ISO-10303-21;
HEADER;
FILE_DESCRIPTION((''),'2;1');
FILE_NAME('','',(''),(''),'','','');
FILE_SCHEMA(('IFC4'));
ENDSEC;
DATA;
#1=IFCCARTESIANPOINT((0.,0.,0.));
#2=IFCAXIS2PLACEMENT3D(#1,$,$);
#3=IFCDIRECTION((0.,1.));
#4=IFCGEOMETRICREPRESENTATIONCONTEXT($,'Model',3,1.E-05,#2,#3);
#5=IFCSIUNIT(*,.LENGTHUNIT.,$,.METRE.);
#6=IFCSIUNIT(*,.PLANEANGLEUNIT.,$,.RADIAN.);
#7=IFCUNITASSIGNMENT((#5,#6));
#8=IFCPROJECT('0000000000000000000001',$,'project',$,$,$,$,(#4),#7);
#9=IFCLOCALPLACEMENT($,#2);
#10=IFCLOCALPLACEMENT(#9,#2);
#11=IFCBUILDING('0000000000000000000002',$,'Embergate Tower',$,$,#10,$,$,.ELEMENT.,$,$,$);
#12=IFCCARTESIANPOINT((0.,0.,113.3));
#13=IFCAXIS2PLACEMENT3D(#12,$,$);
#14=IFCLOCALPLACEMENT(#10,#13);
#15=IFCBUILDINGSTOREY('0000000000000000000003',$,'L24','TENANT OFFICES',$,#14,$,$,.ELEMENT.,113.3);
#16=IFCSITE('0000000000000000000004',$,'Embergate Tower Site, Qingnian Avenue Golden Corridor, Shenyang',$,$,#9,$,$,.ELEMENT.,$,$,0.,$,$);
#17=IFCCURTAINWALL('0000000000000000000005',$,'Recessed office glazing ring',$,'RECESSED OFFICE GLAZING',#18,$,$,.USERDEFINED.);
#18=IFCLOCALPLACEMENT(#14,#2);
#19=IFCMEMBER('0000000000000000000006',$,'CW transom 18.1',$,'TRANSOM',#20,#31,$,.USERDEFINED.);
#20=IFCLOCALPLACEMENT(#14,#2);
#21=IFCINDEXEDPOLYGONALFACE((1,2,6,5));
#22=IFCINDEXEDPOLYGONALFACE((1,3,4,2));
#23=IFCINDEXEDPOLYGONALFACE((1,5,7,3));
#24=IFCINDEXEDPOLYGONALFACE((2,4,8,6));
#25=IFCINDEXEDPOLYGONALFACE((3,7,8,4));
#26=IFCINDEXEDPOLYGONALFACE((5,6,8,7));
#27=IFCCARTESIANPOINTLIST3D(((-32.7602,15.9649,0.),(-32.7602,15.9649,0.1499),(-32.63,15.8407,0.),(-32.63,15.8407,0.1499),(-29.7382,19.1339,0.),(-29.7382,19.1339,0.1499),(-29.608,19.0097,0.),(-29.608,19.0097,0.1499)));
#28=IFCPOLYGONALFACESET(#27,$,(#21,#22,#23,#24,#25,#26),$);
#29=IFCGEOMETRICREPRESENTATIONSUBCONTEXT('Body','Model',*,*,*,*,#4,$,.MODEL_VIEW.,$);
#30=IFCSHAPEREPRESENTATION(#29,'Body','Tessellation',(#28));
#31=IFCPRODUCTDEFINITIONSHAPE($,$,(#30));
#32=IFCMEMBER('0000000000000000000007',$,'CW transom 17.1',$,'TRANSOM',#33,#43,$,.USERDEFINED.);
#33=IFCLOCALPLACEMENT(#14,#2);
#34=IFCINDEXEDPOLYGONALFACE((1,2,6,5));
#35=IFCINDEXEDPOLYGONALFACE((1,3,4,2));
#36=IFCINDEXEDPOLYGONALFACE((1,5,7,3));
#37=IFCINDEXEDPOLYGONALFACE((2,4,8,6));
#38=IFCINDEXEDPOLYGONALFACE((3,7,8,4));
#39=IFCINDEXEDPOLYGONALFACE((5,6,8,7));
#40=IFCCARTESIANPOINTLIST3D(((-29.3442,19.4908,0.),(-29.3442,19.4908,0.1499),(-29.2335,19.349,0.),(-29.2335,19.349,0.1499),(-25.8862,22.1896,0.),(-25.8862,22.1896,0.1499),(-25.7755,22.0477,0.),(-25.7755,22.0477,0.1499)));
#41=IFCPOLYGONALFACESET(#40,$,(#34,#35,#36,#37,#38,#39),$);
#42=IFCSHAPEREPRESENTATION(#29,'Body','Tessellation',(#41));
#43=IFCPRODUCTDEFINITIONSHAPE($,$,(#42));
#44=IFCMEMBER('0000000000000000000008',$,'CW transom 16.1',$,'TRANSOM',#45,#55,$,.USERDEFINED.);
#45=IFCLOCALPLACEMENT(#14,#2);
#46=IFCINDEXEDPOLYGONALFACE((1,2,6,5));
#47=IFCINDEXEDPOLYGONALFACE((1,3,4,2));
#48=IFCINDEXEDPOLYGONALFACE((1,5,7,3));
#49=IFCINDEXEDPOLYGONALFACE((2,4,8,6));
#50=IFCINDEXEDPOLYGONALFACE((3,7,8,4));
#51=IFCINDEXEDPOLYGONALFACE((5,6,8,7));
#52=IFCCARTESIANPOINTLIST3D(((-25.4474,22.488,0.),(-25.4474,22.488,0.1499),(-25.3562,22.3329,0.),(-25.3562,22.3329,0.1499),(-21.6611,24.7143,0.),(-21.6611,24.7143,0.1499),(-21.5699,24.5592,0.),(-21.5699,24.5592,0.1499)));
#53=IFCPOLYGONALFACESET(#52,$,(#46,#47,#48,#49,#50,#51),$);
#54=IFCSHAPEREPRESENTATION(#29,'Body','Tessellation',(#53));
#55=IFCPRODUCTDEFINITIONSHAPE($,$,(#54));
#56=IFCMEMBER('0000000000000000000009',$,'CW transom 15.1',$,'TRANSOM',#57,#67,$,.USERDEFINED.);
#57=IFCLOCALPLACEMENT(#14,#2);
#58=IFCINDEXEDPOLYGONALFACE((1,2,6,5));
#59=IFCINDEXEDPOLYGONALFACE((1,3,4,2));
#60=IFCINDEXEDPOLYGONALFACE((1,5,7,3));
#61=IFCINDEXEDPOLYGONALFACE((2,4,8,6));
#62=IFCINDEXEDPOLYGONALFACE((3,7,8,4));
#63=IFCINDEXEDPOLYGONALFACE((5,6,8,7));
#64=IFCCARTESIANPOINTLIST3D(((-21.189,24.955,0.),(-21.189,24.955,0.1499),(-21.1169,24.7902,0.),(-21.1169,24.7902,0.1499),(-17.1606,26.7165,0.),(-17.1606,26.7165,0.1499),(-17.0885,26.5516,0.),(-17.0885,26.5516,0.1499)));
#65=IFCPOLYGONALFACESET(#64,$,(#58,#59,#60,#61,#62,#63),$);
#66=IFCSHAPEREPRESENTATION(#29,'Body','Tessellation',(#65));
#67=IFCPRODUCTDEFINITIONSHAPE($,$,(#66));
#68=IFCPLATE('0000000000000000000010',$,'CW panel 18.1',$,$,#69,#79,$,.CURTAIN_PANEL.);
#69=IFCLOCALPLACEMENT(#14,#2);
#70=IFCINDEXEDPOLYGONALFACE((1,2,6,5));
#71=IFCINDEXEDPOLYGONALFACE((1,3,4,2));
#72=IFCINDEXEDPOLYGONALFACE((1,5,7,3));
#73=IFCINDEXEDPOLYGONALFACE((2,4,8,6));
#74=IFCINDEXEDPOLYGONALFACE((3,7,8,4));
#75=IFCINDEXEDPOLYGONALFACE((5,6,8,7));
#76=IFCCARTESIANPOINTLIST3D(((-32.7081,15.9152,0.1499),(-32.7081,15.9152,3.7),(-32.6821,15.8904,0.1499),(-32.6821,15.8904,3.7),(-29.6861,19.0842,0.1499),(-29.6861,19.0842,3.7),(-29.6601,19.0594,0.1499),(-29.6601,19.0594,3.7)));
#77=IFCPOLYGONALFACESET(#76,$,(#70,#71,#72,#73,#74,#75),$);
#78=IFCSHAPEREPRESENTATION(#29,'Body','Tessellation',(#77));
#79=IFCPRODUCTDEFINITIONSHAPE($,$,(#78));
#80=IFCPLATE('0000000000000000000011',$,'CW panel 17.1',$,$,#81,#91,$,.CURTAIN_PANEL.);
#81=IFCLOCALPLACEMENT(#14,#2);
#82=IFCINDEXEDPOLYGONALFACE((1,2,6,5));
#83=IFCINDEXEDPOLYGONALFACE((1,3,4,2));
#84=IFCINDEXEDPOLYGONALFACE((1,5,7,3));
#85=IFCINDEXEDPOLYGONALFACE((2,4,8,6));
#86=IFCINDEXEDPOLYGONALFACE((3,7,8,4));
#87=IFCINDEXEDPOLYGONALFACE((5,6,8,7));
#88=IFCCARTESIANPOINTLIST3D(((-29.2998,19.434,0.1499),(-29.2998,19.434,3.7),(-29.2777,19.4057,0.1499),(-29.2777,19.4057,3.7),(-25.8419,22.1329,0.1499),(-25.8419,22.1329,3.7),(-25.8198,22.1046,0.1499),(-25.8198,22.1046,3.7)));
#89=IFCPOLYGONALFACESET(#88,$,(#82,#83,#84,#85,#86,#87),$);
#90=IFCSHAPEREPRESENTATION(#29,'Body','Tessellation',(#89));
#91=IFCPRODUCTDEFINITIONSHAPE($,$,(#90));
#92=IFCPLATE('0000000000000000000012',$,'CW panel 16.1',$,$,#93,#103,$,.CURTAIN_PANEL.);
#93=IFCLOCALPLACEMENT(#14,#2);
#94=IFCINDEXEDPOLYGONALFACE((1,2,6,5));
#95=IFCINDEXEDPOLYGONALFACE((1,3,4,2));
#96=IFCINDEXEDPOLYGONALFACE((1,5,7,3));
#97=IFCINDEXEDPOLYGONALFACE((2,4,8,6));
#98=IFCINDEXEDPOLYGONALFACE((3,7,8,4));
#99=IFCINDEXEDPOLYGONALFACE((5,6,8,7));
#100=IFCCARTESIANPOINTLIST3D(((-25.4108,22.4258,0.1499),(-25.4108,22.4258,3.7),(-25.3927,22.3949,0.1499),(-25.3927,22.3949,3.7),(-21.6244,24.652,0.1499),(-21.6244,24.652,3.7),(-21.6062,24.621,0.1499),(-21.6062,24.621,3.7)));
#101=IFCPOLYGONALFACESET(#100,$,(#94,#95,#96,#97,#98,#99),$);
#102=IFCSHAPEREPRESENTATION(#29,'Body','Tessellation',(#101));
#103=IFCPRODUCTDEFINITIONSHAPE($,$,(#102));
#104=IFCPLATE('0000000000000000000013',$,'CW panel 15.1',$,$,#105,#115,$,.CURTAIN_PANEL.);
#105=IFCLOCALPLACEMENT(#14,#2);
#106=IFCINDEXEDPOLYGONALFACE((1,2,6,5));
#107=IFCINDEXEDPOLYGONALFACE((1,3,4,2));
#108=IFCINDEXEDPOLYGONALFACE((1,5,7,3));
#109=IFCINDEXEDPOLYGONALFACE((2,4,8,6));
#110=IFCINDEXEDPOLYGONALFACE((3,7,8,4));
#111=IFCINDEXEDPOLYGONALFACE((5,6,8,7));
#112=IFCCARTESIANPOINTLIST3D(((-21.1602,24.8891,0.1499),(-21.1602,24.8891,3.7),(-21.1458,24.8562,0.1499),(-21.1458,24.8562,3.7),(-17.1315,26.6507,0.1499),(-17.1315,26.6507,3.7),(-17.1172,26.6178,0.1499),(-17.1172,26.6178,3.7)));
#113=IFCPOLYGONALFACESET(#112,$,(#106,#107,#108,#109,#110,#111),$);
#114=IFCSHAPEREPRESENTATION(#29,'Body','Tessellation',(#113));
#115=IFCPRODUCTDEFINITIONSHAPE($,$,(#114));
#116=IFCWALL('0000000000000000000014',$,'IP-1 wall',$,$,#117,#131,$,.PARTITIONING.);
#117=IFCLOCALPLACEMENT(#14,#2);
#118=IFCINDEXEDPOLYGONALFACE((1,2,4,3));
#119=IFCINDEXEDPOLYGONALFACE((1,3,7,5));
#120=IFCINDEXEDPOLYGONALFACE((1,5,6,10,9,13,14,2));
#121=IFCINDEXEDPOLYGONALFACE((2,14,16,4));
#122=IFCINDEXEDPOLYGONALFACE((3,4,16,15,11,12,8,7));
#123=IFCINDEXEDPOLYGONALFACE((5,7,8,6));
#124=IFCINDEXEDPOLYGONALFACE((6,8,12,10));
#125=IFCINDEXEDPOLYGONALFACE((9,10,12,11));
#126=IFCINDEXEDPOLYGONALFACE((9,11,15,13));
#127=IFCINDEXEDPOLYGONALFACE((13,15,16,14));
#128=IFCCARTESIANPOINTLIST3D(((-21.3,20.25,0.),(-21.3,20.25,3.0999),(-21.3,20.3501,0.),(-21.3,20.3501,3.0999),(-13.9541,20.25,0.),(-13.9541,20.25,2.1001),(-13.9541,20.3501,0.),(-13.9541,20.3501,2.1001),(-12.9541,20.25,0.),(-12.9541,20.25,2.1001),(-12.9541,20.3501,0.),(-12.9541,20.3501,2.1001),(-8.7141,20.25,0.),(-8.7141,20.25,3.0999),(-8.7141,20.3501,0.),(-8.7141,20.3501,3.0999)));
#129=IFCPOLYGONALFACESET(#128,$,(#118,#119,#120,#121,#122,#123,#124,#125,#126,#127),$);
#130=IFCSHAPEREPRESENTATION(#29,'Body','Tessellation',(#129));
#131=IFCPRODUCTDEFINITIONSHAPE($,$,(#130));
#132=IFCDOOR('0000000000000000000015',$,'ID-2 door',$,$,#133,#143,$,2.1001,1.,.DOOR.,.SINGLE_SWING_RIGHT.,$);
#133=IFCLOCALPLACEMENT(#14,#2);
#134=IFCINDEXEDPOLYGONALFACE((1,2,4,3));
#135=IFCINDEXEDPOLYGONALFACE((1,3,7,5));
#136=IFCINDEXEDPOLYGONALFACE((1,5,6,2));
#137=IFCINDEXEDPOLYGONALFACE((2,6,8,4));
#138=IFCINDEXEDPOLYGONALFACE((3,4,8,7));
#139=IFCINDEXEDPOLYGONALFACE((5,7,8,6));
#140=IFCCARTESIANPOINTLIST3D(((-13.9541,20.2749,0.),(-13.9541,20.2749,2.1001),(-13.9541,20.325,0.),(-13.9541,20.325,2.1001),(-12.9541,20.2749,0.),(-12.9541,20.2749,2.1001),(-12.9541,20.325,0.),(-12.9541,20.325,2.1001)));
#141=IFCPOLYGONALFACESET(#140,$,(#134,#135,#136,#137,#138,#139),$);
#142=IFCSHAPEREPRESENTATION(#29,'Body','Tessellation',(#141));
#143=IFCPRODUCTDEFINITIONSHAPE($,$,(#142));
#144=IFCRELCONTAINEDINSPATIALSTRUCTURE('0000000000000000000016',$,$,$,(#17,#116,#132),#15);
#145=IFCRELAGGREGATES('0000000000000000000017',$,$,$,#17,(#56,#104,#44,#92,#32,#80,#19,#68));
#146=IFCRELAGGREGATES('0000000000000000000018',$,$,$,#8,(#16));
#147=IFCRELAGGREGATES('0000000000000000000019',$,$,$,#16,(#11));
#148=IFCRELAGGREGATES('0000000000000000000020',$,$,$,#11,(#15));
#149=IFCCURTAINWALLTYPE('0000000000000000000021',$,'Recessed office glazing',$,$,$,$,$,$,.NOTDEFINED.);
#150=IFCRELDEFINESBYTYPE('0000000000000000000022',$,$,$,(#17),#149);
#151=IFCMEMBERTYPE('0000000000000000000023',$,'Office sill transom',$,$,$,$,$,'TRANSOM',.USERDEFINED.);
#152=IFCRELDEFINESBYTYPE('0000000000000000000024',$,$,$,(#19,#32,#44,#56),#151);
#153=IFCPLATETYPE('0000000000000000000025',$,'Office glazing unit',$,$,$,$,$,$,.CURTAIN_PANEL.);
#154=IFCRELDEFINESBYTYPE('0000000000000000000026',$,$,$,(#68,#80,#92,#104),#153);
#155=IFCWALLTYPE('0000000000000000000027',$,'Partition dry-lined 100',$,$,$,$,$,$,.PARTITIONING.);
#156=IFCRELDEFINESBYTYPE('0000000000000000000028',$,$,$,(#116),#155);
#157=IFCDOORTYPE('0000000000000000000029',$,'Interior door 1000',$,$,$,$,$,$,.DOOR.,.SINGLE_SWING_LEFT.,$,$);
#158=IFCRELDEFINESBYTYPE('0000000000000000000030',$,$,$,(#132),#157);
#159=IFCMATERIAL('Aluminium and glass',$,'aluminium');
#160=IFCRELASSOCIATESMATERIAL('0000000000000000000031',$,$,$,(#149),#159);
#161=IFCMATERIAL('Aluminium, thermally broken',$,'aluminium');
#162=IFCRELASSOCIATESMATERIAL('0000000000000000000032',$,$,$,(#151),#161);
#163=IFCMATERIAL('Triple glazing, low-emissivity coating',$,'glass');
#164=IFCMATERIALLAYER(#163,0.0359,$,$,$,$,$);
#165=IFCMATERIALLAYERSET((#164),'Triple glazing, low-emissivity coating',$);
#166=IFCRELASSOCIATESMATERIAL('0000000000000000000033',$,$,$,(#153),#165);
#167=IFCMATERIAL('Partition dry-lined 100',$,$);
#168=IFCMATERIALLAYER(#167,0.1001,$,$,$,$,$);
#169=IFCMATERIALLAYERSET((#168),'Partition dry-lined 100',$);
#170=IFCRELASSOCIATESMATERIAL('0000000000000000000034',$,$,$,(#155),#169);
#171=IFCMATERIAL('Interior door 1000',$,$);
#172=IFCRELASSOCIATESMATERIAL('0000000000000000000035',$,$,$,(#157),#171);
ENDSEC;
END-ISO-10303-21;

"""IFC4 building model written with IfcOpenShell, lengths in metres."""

from ifc_helpers import new_model, si_unit, direction, frame, frame_2d, origin, origin_2d, place, context, subcontext, project, spatial, rectangle, extrude, source, transform, mapped, material, layer, layer_set, material_profile, profile_set, type_object, element, fill, aggregate, save


model = new_model("IFC4")

# Units and contexts
model_context = context("Model", 3, precision=1e-05, world=origin(), true_north=direction((0.0, 1.0)))
body_context = subcontext(model_context, "Body", "Model", "MODEL_VIEW")
ifc_project = project(units=[si_unit("LENGTHUNIT", "METRE"), si_unit("PLANEANGLEUNIT", "RADIAN")], contexts=[model_context])

# Site, building, storey
site_placement = place(None, origin())
site = spatial("IfcSite", under=ifc_project, at=site_placement, Name="Embergate Tower Site, Qingnian Avenue Golden Corridor, Shenyang", CompositionType="ELEMENT", RefElevation=0.0)
building_placement = place(site_placement, origin())
building = spatial("IfcBuilding", under=site, at=building_placement, Name="Embergate Tower", CompositionType="ELEMENT")
storey_placement = place(building_placement, frame((0.0, 0.0, 113.3)))
storey = spatial("IfcBuildingStorey", under=building, at=storey_placement, Name="L24", Description="TENANT OFFICES", CompositionType="ELEMENT", Elevation=113.3)

# Curtain wall, members, plates
ifc_material_1 = material(Name="Aluminium and glass", Category="aluminium")
curtain_wall_type = type_object("IfcCurtainWallType", Name="Recessed office glazing", PredefinedType="NOTDEFINED", material=ifc_material_1)
curtain_wall_placement = place(storey_placement, origin())
curtain_wall = element("IfcCurtainWall", 1, at=curtain_wall_placement, inside=storey, type_object=curtain_wall_type, Name="Recessed office glazing ring", ObjectType="RECESSED OFFICE GLAZING", PredefinedType="USERDEFINED")
ifc_material_2 = material(Name="Aluminium, thermally broken", Category="aluminium")
ifc_material_profile_1 = material_profile(ifc_material_2, rectangle(XDim=0.1799, YDim=0.1499, at=origin_2d()), Name="AL 150x180")
ifc_profile_set_1 = profile_set([ifc_material_profile_1], Name="Aluminium, thermally broken")
member_type_1 = type_object("IfcMemberType", Name="Office sill transom", ElementType="TRANSOM", PredefinedType="USERDEFINED", material=ifc_profile_set_1)
shared_shape_1 = source(origin(), body_context, "Body", "SweptSolid", [
    extrude(rectangle(XDim=0.1799, YDim=0.1499, at=origin_2d()), origin(), (0.0, 0.0, 1.0), 4.3789),
])
member_1_placement = place(storey_placement, frame((-29.6731, 19.0718, 0.075), z_axis=(-0.690126, -0.72369, 0.0), x_axis=(0.72369, -0.690126, 0.0)))
member_1 = element("IfcMember", 2, at=member_1_placement, type_object=member_type_1, Name="CW transom 18.1", ObjectType="TRANSOM", PredefinedType="USERDEFINED", context=body_context, shape_type="MappedRepresentation", body=[
    mapped(shared_shape_1, transform((0.0, 0.0, 0.0))),
])
shared_shape_2 = source(origin(), body_context, "Body", "SweptSolid", [
    extrude(rectangle(XDim=0.1799, YDim=0.1499, at=origin_2d()), origin(), (0.0, 0.0, 1.0), 4.3865),
])
member_2_placement = place(storey_placement, frame((-25.8308, 22.1187, 0.075), z_axis=(-0.788338, -0.615242, 0.0), x_axis=(0.615242, -0.788338, 0.0)))
member_2 = element("IfcMember", 3, at=member_2_placement, type_object=member_type_1, Name="CW transom 17.1", ObjectType="TRANSOM", PredefinedType="USERDEFINED", context=body_context, shape_type="MappedRepresentation", body=[
    mapped(shared_shape_2, transform((0.0, 0.0, 0.0))),
])
shared_shape_3 = source(origin(), body_context, "Body", "SweptSolid", [
    extrude(rectangle(XDim=0.1799, YDim=0.1499, at=origin_2d()), origin(), (0.0, 0.0, 1.0), 4.3923),
])
member_3_placement = place(storey_placement, frame((-21.6155, 24.6367, 0.075), z_axis=(-0.86203, -0.506857, 0.0), x_axis=(0.506857, -0.86203, 0.0)))
member_3 = element("IfcMember", 4, at=member_3_placement, type_object=member_type_1, Name="CW transom 16.1", ObjectType="TRANSOM", PredefinedType="USERDEFINED", context=body_context, shape_type="MappedRepresentation", body=[
    mapped(shared_shape_3, transform((0.0, 0.0, 0.0))),
])
shared_shape_4 = source(origin(), body_context, "Body", "SweptSolid", [
    extrude(rectangle(XDim=0.1799, YDim=0.1499, at=origin_2d()), origin(), (0.0, 0.0, 1.0), 4.3967),
])
member_4_placement = place(storey_placement, frame((-17.1245, 26.634, 0.075), z_axis=(-0.916243, -0.400624, 0.0), x_axis=(0.400624, -0.916243, 0.0)))
member_4 = element("IfcMember", 5, at=member_4_placement, type_object=member_type_1, Name="CW transom 15.1", ObjectType="TRANSOM", PredefinedType="USERDEFINED", context=body_context, shape_type="MappedRepresentation", body=[
    mapped(shared_shape_4, transform((0.0, 0.0, 0.0))),
])
ifc_material_3 = material(Name="Triple glazing, low-emissivity coating", Category="glass")
ifc_layer_1 = layer(ifc_material_3, 0.0359)
ifc_layer_set_1 = layer_set([ifc_layer_1], Name="Triple glazing, low-emissivity coating")
plate_type = type_object("IfcPlateType", Name="Office glazing unit", PredefinedType="CURTAIN_PANEL", material=ifc_layer_set_1)
shared_shape_5 = source(origin(), body_context, "Body", "SweptSolid", [
    extrude(rectangle(XDim=4.3789, YDim=0.0359, at=origin_2d()), origin(), (0.0, 0.0, 1.0), 3.55),
])
plate_1_placement = place(storey_placement, frame((-31.1841, 17.4873, 0.1499), z_axis=(0.0, 0.0, 1.0), x_axis=(-0.69013, -0.723685, 0.0)))
plate_1 = element("IfcPlate", 6, at=plate_1_placement, type_object=plate_type, Name="CW panel 18.1", PredefinedType="CURTAIN_PANEL", context=body_context, shape_type="MappedRepresentation", body=[
    mapped(shared_shape_5, transform((0.0, 0.0, 0.0))),
])
shared_shape_6 = source(origin(), body_context, "Body", "SweptSolid", [
    extrude(rectangle(XDim=4.3865, YDim=0.0359, at=origin_2d()), origin(), (0.0, 0.0, 1.0), 3.55),
])
plate_2_placement = place(storey_placement, frame((-27.5598, 20.7693, 0.1499), z_axis=(0.0, 0.0, 1.0), x_axis=(-0.788317, -0.615269, 0.0)))
plate_2 = element("IfcPlate", 7, at=plate_2_placement, type_object=plate_type, Name="CW panel 17.1", PredefinedType="CURTAIN_PANEL", context=body_context, shape_type="MappedRepresentation", body=[
    mapped(shared_shape_6, transform((0.0, 0.0, 0.0))),
])
shared_shape_7 = source(origin(), body_context, "Body", "SweptSolid", [
    extrude(rectangle(XDim=4.3923, YDim=0.0359, at=origin_2d()), origin(), (0.0, 0.0, 1.0), 3.55),
])
plate_3_placement = place(storey_placement, frame((-23.5085, 23.5234, 0.1499), z_axis=(0.0, 0.0, 1.0), x_axis=(-0.862051, -0.506822, 0.0)))
plate_3 = element("IfcPlate", 8, at=plate_3_placement, type_object=plate_type, Name="CW panel 16.1", PredefinedType="CURTAIN_PANEL", context=body_context, shape_type="MappedRepresentation", body=[
    mapped(shared_shape_7, transform((0.0, 0.0, 0.0))),
])
shared_shape_8 = source(origin(), body_context, "Body", "SweptSolid", [
    extrude(rectangle(XDim=4.397, YDim=0.0359, at=origin_2d()), origin(), (0.0, 0.0, 1.0), 3.55),
])
plate_4_placement = place(storey_placement, frame((-19.1387, 25.7534, 0.1499), z_axis=(0.0, 0.0, 1.0), x_axis=(-0.916234, -0.400643, 0.0)))
plate_4 = element("IfcPlate", 9, at=plate_4_placement, type_object=plate_type, Name="CW panel 15.1", PredefinedType="CURTAIN_PANEL", context=body_context, shape_type="MappedRepresentation", body=[
    mapped(shared_shape_8, transform((0.0, 0.0, 0.0))),
])
aggregate(curtain_wall, [member_4, plate_4, member_3, plate_3, member_2, plate_2, member_1, plate_1])

# Wall, opening, door
ifc_material_4 = material(Name="Partition dry-lined 100")
ifc_layer_2 = layer(ifc_material_4, 0.1001)
ifc_layer_set_2 = layer_set([ifc_layer_2], Name="Partition dry-lined 100")
wall_type = type_object("IfcWallType", Name="Partition dry-lined 100", PredefinedType="PARTITIONING", material=ifc_layer_set_2)
shared_shape_9 = source(origin(), body_context, "Body", "SweptSolid", [
    extrude(rectangle(XDim=12.5859, YDim=0.1001, at=frame_2d((6.293, 0.0))), origin(), (0.0, 0.0, 1.0), 3.0999),
])
wall_placement = place(storey_placement, frame((-21.3, 20.3, 0.0), z_axis=(0.0, 0.0, 1.0), x_axis=(1.0, 0.0, 0.0)))
wall = element("IfcWall", 10, at=wall_placement, inside=storey, type_object=wall_type, Name="IP-1 wall", PredefinedType="PARTITIONING", context=body_context, shape_type="MappedRepresentation", body=[
    mapped(shared_shape_9, transform((0.0, 0.0, 0.0))),
])
shared_shape_10 = source(origin(), body_context, "Body", "SweptSolid", [
    extrude(rectangle(XDim=1.0, YDim=2.1001, at=frame_2d((0.5, 1.05))), frame((0.0, 0.0601, 0.0), z_axis=(0.0, -1.0, 0.0), x_axis=(1.0, 0.0, 0.0)), (0.0, 0.0, 1.0), 0.1201),
])
opening_placement = place(wall_placement, frame((7.3459, 0.0, 0.0)))
opening = element("IfcOpeningElement", 11, at=opening_placement, cuts=wall, PredefinedType="OPENING", context=body_context, shape_type="MappedRepresentation", body=[
    mapped(shared_shape_10, transform((0.0, 0.0, 0.0))),
])
ifc_material_5 = material(Name="Interior door 1000")
door_type = type_object("IfcDoorType", Name="Interior door 1000", OperationType="SINGLE_SWING_LEFT", PredefinedType="DOOR", material=ifc_material_5)
shared_shape_11 = source(origin(), body_context, "Body", "SweptSolid", [
    extrude(rectangle(XDim=1.0, YDim=2.1001, at=frame_2d((0.5, 1.05))), frame((0.0, 0.0249, 0.0), z_axis=(0.0, -1.0, 0.0), x_axis=(1.0, 0.0, 0.0)), (0.0, 0.0, 1.0), 0.05),
])
door_placement = place(opening_placement, origin())
door = element("IfcDoor", 12, at=door_placement, inside=storey, type_object=door_type, Name="ID-2 door", OperationType="SINGLE_SWING_RIGHT", OverallHeight=2.1001, OverallWidth=1.0, PredefinedType="DOOR", context=body_context, shape_type="MappedRepresentation", body=[
    mapped(shared_shape_11, transform((0.0, 0.0, 0.0))),
])
fill(opening, door)

save(model, "model.ifc")
